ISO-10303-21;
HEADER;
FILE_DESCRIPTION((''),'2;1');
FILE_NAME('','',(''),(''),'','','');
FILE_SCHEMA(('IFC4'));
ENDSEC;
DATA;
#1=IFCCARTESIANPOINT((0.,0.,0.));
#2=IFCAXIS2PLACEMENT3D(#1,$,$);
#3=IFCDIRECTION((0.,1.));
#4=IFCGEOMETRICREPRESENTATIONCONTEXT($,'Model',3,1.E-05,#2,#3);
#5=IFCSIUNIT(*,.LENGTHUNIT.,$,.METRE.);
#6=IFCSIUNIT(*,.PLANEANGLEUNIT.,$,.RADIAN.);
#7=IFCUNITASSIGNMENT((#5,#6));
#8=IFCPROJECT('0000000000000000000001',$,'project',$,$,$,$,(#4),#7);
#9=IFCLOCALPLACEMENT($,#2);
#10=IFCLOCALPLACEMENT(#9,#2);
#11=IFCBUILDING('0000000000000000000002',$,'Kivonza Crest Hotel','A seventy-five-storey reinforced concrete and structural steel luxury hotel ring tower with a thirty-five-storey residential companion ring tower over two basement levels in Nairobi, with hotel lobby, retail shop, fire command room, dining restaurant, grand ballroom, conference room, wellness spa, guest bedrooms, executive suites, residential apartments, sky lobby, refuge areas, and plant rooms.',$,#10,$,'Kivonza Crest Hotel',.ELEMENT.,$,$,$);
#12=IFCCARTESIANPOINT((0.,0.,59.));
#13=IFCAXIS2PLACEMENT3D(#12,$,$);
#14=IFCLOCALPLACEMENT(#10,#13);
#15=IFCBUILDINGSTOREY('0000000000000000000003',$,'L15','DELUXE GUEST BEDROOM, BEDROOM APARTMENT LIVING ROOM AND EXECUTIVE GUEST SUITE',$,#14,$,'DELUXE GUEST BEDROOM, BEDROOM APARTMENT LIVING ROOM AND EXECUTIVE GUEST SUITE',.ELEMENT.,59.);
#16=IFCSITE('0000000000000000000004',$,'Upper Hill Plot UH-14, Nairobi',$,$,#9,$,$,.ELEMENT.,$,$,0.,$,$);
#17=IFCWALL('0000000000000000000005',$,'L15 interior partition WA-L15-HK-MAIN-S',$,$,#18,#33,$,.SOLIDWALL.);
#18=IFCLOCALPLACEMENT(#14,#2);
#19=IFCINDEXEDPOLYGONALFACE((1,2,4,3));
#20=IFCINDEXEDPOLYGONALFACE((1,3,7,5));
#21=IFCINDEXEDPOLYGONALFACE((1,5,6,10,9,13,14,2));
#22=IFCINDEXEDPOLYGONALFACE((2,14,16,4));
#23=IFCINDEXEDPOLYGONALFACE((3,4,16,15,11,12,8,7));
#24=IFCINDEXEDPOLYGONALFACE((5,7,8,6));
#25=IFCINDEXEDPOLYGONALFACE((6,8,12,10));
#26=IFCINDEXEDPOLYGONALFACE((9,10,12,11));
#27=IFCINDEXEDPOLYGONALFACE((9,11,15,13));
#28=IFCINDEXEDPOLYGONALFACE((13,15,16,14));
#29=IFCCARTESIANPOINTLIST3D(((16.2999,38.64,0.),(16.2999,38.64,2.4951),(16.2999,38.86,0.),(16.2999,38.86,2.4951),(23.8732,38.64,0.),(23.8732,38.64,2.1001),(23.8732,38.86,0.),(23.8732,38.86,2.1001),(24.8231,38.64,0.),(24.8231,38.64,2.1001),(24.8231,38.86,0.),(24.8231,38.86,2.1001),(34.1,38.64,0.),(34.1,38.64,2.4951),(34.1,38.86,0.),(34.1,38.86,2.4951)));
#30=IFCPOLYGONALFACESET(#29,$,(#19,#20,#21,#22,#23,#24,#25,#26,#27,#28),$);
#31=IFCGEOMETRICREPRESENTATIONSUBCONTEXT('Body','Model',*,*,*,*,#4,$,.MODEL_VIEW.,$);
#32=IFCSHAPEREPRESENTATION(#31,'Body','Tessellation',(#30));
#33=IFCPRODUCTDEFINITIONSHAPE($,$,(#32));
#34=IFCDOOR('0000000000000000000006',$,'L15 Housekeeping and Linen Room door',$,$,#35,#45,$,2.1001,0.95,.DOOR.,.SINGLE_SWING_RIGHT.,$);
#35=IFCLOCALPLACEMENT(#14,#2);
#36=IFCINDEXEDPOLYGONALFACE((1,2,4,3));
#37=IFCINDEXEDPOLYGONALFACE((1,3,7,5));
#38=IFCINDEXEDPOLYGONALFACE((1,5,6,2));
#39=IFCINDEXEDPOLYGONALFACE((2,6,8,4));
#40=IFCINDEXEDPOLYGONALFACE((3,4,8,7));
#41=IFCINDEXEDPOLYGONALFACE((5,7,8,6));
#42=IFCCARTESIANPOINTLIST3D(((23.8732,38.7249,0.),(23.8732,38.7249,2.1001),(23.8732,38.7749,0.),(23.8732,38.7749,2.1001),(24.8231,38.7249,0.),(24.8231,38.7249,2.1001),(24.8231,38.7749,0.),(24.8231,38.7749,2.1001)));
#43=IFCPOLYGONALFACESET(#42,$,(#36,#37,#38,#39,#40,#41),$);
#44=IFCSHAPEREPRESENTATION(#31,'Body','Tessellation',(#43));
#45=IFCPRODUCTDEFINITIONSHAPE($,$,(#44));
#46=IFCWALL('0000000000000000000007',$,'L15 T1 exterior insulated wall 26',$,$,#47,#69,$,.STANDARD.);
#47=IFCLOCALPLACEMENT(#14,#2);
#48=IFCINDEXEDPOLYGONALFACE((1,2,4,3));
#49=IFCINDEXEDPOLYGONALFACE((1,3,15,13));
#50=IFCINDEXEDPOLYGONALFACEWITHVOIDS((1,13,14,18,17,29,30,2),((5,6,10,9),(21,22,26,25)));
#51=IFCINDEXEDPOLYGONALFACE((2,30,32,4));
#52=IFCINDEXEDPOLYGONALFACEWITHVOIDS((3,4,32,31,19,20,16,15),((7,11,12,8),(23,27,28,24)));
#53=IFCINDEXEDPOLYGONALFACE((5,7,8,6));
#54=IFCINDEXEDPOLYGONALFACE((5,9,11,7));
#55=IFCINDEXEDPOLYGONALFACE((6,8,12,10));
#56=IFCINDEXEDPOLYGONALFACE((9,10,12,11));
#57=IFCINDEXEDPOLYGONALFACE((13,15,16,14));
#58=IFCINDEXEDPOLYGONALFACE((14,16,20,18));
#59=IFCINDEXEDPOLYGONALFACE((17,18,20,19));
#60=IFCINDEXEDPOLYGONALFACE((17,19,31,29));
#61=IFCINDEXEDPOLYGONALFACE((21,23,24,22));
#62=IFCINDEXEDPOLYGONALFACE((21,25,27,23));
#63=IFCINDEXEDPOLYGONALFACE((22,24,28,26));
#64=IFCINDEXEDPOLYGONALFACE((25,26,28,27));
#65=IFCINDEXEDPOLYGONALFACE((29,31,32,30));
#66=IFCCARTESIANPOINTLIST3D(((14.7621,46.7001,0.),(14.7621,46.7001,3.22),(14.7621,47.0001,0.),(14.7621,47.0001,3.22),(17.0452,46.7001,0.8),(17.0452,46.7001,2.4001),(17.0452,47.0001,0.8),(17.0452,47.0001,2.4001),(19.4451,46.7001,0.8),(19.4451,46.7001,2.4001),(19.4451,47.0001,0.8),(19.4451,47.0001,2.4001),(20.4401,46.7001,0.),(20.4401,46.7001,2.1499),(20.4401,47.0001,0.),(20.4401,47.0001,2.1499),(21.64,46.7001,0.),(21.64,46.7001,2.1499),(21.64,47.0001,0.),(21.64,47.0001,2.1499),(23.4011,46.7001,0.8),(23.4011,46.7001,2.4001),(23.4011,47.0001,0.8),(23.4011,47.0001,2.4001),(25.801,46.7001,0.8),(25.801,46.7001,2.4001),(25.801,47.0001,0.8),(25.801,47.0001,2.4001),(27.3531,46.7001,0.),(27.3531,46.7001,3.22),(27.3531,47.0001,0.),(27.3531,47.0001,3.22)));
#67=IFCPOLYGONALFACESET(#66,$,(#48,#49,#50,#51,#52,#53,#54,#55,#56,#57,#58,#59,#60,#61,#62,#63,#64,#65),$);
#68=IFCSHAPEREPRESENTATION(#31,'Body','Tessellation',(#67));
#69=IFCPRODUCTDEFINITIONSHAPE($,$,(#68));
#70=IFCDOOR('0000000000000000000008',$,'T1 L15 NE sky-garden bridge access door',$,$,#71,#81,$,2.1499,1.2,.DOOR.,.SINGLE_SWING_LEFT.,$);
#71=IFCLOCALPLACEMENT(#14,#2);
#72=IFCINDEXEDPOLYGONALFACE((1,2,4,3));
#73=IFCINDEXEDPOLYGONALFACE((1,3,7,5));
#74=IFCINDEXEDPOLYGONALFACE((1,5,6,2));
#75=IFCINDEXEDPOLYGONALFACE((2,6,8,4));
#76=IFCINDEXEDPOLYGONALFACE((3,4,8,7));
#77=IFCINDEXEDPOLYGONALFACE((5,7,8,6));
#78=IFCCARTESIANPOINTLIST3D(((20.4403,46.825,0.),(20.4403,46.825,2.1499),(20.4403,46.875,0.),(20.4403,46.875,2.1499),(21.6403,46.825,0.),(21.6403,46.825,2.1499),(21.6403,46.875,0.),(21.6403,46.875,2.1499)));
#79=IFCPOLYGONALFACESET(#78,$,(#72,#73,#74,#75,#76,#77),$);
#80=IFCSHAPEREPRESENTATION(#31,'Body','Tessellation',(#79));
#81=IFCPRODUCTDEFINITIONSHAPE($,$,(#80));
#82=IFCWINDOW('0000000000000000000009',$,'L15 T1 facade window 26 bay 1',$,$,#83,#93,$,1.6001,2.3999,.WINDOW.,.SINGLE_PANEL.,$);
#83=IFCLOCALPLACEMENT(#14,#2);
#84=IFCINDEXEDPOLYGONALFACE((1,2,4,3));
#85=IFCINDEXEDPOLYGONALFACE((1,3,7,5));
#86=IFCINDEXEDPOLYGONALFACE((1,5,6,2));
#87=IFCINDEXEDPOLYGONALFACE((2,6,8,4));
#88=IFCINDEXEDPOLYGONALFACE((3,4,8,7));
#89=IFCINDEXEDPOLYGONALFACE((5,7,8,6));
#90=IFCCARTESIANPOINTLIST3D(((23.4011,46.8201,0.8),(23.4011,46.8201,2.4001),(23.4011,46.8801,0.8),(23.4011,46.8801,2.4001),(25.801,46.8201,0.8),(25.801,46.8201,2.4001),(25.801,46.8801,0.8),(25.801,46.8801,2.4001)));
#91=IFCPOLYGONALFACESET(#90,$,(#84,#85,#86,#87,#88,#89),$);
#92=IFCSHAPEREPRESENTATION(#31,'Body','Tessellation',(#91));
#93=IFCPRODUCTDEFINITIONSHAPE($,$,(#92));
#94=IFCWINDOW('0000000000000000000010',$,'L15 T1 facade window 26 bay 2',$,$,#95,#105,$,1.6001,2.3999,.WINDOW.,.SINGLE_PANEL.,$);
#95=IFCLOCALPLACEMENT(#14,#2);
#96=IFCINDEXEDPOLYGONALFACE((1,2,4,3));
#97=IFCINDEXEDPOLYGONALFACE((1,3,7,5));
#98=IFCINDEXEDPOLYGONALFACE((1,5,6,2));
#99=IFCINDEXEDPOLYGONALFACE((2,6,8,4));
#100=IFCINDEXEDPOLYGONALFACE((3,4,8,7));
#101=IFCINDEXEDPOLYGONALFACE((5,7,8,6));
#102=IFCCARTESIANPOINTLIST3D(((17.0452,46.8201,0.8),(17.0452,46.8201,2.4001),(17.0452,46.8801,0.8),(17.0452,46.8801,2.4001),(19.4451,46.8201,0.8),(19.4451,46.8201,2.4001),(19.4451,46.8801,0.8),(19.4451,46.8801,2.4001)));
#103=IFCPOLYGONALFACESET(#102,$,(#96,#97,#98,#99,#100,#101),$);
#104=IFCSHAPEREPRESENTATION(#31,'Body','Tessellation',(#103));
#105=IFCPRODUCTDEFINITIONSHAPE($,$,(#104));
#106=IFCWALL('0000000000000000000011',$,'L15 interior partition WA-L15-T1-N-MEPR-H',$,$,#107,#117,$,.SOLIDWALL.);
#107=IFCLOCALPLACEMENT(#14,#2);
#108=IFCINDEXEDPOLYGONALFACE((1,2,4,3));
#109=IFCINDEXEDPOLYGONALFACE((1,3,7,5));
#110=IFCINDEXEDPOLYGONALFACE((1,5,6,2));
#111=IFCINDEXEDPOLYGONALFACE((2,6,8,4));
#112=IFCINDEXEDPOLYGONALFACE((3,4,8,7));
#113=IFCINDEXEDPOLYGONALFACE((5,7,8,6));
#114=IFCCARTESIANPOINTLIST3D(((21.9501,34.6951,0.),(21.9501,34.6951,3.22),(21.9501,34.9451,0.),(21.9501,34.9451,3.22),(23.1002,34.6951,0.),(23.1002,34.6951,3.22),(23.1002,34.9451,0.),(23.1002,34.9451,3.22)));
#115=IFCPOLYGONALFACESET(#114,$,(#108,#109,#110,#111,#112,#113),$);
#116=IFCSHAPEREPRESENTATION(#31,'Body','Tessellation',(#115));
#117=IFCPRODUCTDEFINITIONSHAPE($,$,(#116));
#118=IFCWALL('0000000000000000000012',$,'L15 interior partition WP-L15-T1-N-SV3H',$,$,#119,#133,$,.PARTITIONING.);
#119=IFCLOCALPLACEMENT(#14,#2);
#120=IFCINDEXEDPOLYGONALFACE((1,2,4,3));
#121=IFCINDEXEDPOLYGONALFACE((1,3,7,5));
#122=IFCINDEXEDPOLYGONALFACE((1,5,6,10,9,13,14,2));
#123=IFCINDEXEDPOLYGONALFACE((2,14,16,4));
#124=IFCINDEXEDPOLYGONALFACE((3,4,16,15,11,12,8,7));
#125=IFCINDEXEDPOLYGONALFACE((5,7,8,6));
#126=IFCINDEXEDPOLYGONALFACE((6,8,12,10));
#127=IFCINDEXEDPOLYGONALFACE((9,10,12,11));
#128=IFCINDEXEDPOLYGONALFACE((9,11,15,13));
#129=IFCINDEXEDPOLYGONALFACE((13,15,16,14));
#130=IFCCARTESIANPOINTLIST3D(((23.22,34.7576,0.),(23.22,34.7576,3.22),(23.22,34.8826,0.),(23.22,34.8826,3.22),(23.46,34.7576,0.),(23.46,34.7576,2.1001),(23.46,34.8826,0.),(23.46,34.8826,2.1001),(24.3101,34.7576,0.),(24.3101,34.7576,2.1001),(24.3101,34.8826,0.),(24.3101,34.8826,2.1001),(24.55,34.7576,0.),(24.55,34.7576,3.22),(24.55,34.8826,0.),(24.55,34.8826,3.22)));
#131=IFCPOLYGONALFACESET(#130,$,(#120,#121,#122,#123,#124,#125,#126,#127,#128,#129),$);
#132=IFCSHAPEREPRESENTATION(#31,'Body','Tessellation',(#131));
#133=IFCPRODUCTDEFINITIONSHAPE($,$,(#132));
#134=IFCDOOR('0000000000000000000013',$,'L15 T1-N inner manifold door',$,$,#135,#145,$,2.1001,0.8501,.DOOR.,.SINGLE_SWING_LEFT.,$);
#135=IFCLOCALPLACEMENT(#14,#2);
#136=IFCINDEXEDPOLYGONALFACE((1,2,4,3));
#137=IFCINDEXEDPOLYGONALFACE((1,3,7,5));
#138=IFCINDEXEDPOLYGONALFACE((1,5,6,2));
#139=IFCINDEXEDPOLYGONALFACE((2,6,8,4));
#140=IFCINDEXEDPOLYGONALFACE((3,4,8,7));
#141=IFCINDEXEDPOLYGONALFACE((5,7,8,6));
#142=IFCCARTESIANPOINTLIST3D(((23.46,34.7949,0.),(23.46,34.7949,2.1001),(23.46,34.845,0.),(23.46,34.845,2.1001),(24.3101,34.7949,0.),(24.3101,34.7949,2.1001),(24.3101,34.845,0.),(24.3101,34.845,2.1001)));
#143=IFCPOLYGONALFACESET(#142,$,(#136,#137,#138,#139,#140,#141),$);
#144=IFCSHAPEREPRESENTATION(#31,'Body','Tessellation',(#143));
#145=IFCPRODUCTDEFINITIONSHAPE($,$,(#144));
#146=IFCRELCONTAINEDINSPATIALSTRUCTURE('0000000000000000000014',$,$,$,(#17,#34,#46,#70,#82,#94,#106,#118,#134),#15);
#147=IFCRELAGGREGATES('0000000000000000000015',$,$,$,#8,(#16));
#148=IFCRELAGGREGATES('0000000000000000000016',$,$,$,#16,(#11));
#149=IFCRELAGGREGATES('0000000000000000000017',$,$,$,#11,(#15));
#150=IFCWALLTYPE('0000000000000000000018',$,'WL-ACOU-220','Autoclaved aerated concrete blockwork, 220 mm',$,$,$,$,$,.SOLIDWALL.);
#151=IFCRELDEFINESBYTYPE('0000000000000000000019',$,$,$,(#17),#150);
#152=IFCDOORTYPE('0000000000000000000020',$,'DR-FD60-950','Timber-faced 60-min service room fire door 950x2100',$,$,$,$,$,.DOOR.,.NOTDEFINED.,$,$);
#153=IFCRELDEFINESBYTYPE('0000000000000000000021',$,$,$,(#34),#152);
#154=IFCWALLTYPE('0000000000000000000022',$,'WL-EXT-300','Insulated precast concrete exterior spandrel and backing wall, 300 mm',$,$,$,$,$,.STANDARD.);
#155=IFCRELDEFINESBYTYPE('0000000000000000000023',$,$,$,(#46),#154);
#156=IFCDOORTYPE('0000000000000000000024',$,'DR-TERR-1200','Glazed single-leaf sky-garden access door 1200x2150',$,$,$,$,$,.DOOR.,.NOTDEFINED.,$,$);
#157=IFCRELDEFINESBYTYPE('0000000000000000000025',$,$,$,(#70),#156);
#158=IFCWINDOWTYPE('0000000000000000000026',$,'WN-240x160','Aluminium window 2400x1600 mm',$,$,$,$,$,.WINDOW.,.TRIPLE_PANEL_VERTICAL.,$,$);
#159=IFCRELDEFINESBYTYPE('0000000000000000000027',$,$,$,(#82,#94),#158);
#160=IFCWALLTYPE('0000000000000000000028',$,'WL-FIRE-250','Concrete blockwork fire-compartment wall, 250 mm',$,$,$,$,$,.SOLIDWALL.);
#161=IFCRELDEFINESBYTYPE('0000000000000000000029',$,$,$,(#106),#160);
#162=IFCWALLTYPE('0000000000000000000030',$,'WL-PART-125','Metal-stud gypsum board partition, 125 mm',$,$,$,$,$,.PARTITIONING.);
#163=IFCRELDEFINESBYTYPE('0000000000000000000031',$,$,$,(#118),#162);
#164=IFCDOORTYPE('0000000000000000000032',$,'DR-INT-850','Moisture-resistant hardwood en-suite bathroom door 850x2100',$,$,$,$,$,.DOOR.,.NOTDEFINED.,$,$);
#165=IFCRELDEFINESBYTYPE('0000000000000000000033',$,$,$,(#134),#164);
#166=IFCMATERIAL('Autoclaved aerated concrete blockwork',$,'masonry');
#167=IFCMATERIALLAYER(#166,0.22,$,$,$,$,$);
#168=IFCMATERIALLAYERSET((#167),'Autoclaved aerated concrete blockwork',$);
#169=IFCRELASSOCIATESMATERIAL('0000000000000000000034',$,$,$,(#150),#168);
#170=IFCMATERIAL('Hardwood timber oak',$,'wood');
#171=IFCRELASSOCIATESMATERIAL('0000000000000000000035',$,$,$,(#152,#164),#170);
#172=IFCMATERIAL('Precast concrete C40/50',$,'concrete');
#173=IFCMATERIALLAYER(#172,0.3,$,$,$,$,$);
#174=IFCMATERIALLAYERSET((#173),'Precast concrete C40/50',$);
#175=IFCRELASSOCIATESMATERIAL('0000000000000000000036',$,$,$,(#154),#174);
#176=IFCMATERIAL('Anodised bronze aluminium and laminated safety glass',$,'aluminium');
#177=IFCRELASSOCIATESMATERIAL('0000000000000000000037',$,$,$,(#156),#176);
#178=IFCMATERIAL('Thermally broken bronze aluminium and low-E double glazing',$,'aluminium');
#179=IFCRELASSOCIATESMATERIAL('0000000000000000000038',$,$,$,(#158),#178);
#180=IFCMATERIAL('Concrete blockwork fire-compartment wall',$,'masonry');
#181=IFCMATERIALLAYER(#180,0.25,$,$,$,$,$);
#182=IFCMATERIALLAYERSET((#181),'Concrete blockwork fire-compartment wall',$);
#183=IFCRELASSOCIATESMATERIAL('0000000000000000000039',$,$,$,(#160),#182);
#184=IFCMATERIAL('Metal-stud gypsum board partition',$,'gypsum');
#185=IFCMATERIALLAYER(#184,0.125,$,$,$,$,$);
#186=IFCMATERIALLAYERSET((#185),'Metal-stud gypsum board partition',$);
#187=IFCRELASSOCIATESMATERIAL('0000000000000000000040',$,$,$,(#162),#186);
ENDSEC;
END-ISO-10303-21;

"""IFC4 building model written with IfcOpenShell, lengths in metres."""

from ifc_helpers import new_model, si_unit, direction, frame, frame_2d, origin, place, context, subcontext, project, spatial, rectangle, extrude, material, layer, layer_set, type_object, element, fill, save


model = new_model("IFC4")

# Units and contexts
model_context = context("Model", 3, precision=1e-05, world=origin(), true_north=direction((0.0, 1.0)))
body_context = subcontext(model_context, "Body", "Model", "MODEL_VIEW")
ifc_project = project(units=[si_unit("LENGTHUNIT", "METRE"), si_unit("PLANEANGLEUNIT", "RADIAN")], contexts=[model_context])

# Site, building, storey
site_placement = place(None, origin())
site = spatial("IfcSite", under=ifc_project, at=site_placement, Name="Upper Hill Plot UH-14, Nairobi", CompositionType="ELEMENT", RefElevation=0.0)
building_placement = place(site_placement, origin())
building = spatial("IfcBuilding", under=site, at=building_placement, Name="Kivonza Crest Hotel", Description="A seventy-five-storey reinforced concrete and structural steel luxury hotel ring tower with a thirty-five-storey residential companion ring tower over two basement levels in Nairobi, with hotel lobby, retail shop, fire command room, dining restaurant, grand ballroom, conference room, wellness spa, guest bedrooms, executive suites, residential apartments, sky lobby, refuge areas, and plant rooms.", LongName="Kivonza Crest Hotel", CompositionType="ELEMENT")
storey_placement = place(building_placement, frame((0.0, 0.0, 59.0)))
storey = spatial("IfcBuildingStorey", under=building, at=storey_placement, Name="L15", Description="DELUXE GUEST BEDROOM, BEDROOM APARTMENT LIVING ROOM AND EXECUTIVE GUEST SUITE", LongName="DELUXE GUEST BEDROOM, BEDROOM APARTMENT LIVING ROOM AND EXECUTIVE GUEST SUITE", CompositionType="ELEMENT", Elevation=59.0)

# Wall, opening, door
ifc_material_1 = material(Name="Autoclaved aerated concrete blockwork", Category="masonry")
ifc_layer_1 = layer(ifc_material_1, 0.22)
ifc_layer_set_1 = layer_set([ifc_layer_1], Name="Autoclaved aerated concrete blockwork")
wall_type_1 = type_object("IfcWallType", Name="WL-ACOU-220", Description="Autoclaved aerated concrete blockwork, 220 mm", PredefinedType="SOLIDWALL", material=ifc_layer_set_1)
wall_1_placement = place(storey_placement, frame((16.3, 38.75, 0.0), z_axis=(0.0, 0.0, 1.0), x_axis=(1.0, 0.0, 0.0)))
wall_1 = element("IfcWall", 1, at=wall_1_placement, inside=storey, type_object=wall_type_1, Name="L15 interior partition WA-L15-HK-MAIN-S", PredefinedType="SOLIDWALL", context=body_context, shape_type="SweptSolid", body=[
    extrude(rectangle(XDim=17.8, YDim=0.22, at=frame_2d((8.8999, 0.0))), origin(), (0.0, 0.0, 1.0), 2.4951),
])
opening_1_placement = place(wall_1_placement, frame((7.573, 0.0, 0.0)))
opening_1 = element("IfcOpeningElement", 2, at=opening_1_placement, cuts=wall_1, PredefinedType="OPENING", context=body_context, shape_type="SweptSolid", body=[
    extrude(rectangle(XDim=0.95, YDim=2.1001, at=frame_2d((0.4751, 1.05))), frame((0.0, 0.1201, 0.0), z_axis=(0.0, -1.0, 0.0), x_axis=(1.0, 0.0, 0.0)), (0.0, 0.0, 1.0), 0.24),
])
ifc_material_2 = material(Name="Hardwood timber oak", Category="wood")
door_type_1 = type_object("IfcDoorType", Name="DR-FD60-950", Description="Timber-faced 60-min service room fire door 950x2100", OperationType="NOTDEFINED", PredefinedType="DOOR", material=ifc_material_2)
door_1_placement = place(opening_1_placement, origin())
door_1 = element("IfcDoor", 3, at=door_1_placement, inside=storey, type_object=door_type_1, Name="L15 Housekeeping and Linen Room door", OperationType="SINGLE_SWING_RIGHT", OverallHeight=2.1001, OverallWidth=0.95, PredefinedType="DOOR", context=body_context, shape_type="SweptSolid", body=[
    extrude(rectangle(XDim=0.95, YDim=2.1001, at=frame_2d((0.4751, 1.05))), frame((0.0, 0.0249, 0.0), z_axis=(0.0, -1.0, 0.0), x_axis=(1.0, 0.0, 0.0)), (0.0, 0.0, 1.0), 0.05),
])
fill(opening_1, door_1)

# Wall, openings, door, windows
ifc_material_3 = material(Name="Precast concrete C40/50", Category="concrete")
ifc_layer_2 = layer(ifc_material_3, 0.3)
ifc_layer_set_2 = layer_set([ifc_layer_2], Name="Precast concrete C40/50")
wall_type_2 = type_object("IfcWallType", Name="WL-EXT-300", Description="Insulated precast concrete exterior spandrel and backing wall, 300 mm", PredefinedType="STANDARD", material=ifc_layer_set_2)
wall_2_placement = place(storey_placement, frame((27.353, 46.8501, 0.0), z_axis=(0.0, 0.0, 1.0), x_axis=(-1.0, 0.0, 0.0)))
wall_2 = element("IfcWall", 4, at=wall_2_placement, inside=storey, type_object=wall_type_2, Name="L15 T1 exterior insulated wall 26", PredefinedType="STANDARD", context=body_context, shape_type="SweptSolid", body=[
    extrude(rectangle(XDim=12.5911, YDim=0.3, at=frame_2d((6.2954, 0.0))), origin(), (0.0, 0.0, 1.0), 3.22),
])
opening_2_placement = place(wall_2_placement, frame((5.7129, 0.0, 0.0)))
opening_2 = element("IfcOpeningElement", 5, at=opening_2_placement, cuts=wall_2, PredefinedType="OPENING", context=body_context, shape_type="SweptSolid", body=[
    extrude(rectangle(XDim=1.2, YDim=2.1499, at=frame_2d((0.6001, 1.075))), frame((0.0, 0.1602, 0.0), z_axis=(0.0, -1.0, 0.0), x_axis=(1.0, 0.0, 0.0)), (0.0, 0.0, 1.0), 0.3201),
])
opening_3_placement = place(wall_2_placement, frame((1.552, 0.0, 0.8)))
opening_3 = element("IfcOpeningElement", 6, at=opening_3_placement, cuts=wall_2, PredefinedType="OPENING", context=body_context, shape_type="SweptSolid", body=[
    extrude(rectangle(XDim=2.3999, YDim=1.6001, at=frame_2d((1.2, 0.8))), frame((0.0, 0.1602, 0.0), z_axis=(0.0, -1.0, 0.0), x_axis=(1.0, 0.0, 0.0)), (0.0, 0.0, 1.0), 0.3201),
])
opening_4_placement = place(wall_2_placement, frame((7.908, 0.0, 0.8)))
opening_4 = element("IfcOpeningElement", 7, at=opening_4_placement, cuts=wall_2, PredefinedType="OPENING", context=body_context, shape_type="SweptSolid", body=[
    extrude(rectangle(XDim=2.3999, YDim=1.6001, at=frame_2d((1.2, 0.8))), frame((0.0, 0.1602, 0.0), z_axis=(0.0, -1.0, 0.0), x_axis=(1.0, 0.0, 0.0)), (0.0, 0.0, 1.0), 0.3201),
])
ifc_material_4 = material(Name="Anodised bronze aluminium and laminated safety glass", Category="aluminium")
door_type_2 = type_object("IfcDoorType", Name="DR-TERR-1200", Description="Glazed single-leaf sky-garden access door 1200x2150", OperationType="NOTDEFINED", PredefinedType="DOOR", material=ifc_material_4)
door_2_placement = place(opening_2_placement, frame((1.2, 0.0, 0.0), z_axis=(0.0, 0.0, 1.0), x_axis=(-1.0, 0.0, 0.0)))
door_2 = element("IfcDoor", 8, at=door_2_placement, inside=storey, type_object=door_type_2, Name="T1 L15 NE sky-garden bridge access door", OperationType="SINGLE_SWING_LEFT", OverallHeight=2.1499, OverallWidth=1.2, PredefinedType="DOOR", context=body_context, shape_type="SweptSolid", body=[
    extrude(rectangle(XDim=1.2, YDim=2.1499, at=frame_2d((0.6001, 1.075))), frame((0.0, 0.0249, 0.0), z_axis=(0.0, -1.0, 0.0), x_axis=(1.0, 0.0, 0.0)), (0.0, 0.0, 1.0), 0.05),
])
fill(opening_2, door_2)
ifc_material_5 = material(Name="Thermally broken bronze aluminium and low-E double glazing", Category="aluminium")
window_type = type_object("IfcWindowType", Name="WN-240x160", Description="Aluminium window 2400x1600 mm", PartitioningType="TRIPLE_PANEL_VERTICAL", PredefinedType="WINDOW", material=ifc_material_5)
window_1_placement = place(opening_3_placement, origin())
window_1 = element("IfcWindow", 9, at=window_1_placement, inside=storey, type_object=window_type, Name="L15 T1 facade window 26 bay 1", OverallHeight=1.6001, OverallWidth=2.3999, PartitioningType="SINGLE_PANEL", PredefinedType="WINDOW", context=body_context, shape_type="SweptSolid", body=[
    extrude(rectangle(XDim=2.3999, YDim=1.6001, at=frame_2d((1.2, 0.8))), frame((0.0, 0.03, 0.0), z_axis=(0.0, -1.0, 0.0), x_axis=(1.0, 0.0, 0.0)), (0.0, 0.0, 1.0), 0.0601),
])
fill(opening_3, window_1)
window_2_placement = place(opening_4_placement, origin())
window_2 = element("IfcWindow", 10, at=window_2_placement, inside=storey, type_object=window_type, Name="L15 T1 facade window 26 bay 2", OverallHeight=1.6001, OverallWidth=2.3999, PartitioningType="SINGLE_PANEL", PredefinedType="WINDOW", context=body_context, shape_type="SweptSolid", body=[
    extrude(rectangle(XDim=2.3999, YDim=1.6001, at=frame_2d((1.2, 0.8))), frame((0.0, 0.03, 0.0), z_axis=(0.0, -1.0, 0.0), x_axis=(1.0, 0.0, 0.0)), (0.0, 0.0, 1.0), 0.0601),
])
fill(opening_4, window_2)

# Wall
ifc_material_6 = material(Name="Concrete blockwork fire-compartment wall", Category="masonry")
ifc_layer_3 = layer(ifc_material_6, 0.25)
ifc_layer_set_3 = layer_set([ifc_layer_3], Name="Concrete blockwork fire-compartment wall")
wall_type_3 = type_object("IfcWallType", Name="WL-FIRE-250", Description="Concrete blockwork fire-compartment wall, 250 mm", PredefinedType="SOLIDWALL", material=ifc_layer_set_3)
wall_3_placement = place(storey_placement, frame((21.95, 34.8201, 0.0), z_axis=(0.0, 0.0, 1.0), x_axis=(1.0, 0.0, 0.0)))
element("IfcWall", 11, at=wall_3_placement, inside=storey, type_object=wall_type_3, Name="L15 interior partition WA-L15-T1-N-MEPR-H", PredefinedType="SOLIDWALL", context=body_context, shape_type="SweptSolid", body=[
    extrude(rectangle(XDim=1.1501, YDim=0.25, at=frame_2d((0.5752, 0.0))), origin(), (0.0, 0.0, 1.0), 3.22),
])

# Wall, opening, door
ifc_material_7 = material(Name="Metal-stud gypsum board partition", Category="gypsum")
ifc_layer_4 = layer(ifc_material_7, 0.125)
ifc_layer_set_4 = layer_set([ifc_layer_4], Name="Metal-stud gypsum board partition")
wall_type_4 = type_object("IfcWallType", Name="WL-PART-125", Description="Metal-stud gypsum board partition, 125 mm", PredefinedType="PARTITIONING", material=ifc_layer_set_4)
wall_4_placement = place(storey_placement, frame((23.22, 34.8201, 0.0), z_axis=(0.0, 0.0, 1.0), x_axis=(1.0, 0.0, 0.0)))
wall_4 = element("IfcWall", 12, at=wall_4_placement, inside=storey, type_object=wall_type_4, Name="L15 interior partition WP-L15-T1-N-SV3H", PredefinedType="PARTITIONING", context=body_context, shape_type="SweptSolid", body=[
    extrude(rectangle(XDim=1.3301, YDim=0.125, at=frame_2d((0.665, 0.0))), origin(), (0.0, 0.0, 1.0), 3.22),
])
opening_5_placement = place(wall_4_placement, frame((0.24, 0.0, 0.0)))
opening_5 = element("IfcOpeningElement", 13, at=opening_5_placement, cuts=wall_4, PredefinedType="OPENING", context=body_context, shape_type="SweptSolid", body=[
    extrude(rectangle(XDim=0.8501, YDim=2.1001, at=frame_2d((0.425, 1.05))), frame((0.0, 0.0725, 0.0), z_axis=(0.0, -1.0, 0.0), x_axis=(1.0, 0.0, 0.0)), (0.0, 0.0, 1.0), 0.145),
])
door_type_3 = type_object("IfcDoorType", Name="DR-INT-850", Description="Moisture-resistant hardwood en-suite bathroom door 850x2100", OperationType="NOTDEFINED", PredefinedType="DOOR", material=ifc_material_2)
door_3_placement = place(opening_5_placement, origin())
door_3 = element("IfcDoor", 14, at=door_3_placement, inside=storey, type_object=door_type_3, Name="L15 T1-N inner manifold door", OperationType="SINGLE_SWING_LEFT", OverallHeight=2.1001, OverallWidth=0.8501, PredefinedType="DOOR", context=body_context, shape_type="SweptSolid", body=[
    extrude(rectangle(XDim=0.8501, YDim=2.1001, at=frame_2d((0.425, 1.05))), frame((0.0, 0.0249, 0.0), z_axis=(0.0, -1.0, 0.0), x_axis=(1.0, 0.0, 0.0)), (0.0, 0.0, 1.0), 0.05),
])
fill(opening_5, door_3)

save(model, "model.ifc")
